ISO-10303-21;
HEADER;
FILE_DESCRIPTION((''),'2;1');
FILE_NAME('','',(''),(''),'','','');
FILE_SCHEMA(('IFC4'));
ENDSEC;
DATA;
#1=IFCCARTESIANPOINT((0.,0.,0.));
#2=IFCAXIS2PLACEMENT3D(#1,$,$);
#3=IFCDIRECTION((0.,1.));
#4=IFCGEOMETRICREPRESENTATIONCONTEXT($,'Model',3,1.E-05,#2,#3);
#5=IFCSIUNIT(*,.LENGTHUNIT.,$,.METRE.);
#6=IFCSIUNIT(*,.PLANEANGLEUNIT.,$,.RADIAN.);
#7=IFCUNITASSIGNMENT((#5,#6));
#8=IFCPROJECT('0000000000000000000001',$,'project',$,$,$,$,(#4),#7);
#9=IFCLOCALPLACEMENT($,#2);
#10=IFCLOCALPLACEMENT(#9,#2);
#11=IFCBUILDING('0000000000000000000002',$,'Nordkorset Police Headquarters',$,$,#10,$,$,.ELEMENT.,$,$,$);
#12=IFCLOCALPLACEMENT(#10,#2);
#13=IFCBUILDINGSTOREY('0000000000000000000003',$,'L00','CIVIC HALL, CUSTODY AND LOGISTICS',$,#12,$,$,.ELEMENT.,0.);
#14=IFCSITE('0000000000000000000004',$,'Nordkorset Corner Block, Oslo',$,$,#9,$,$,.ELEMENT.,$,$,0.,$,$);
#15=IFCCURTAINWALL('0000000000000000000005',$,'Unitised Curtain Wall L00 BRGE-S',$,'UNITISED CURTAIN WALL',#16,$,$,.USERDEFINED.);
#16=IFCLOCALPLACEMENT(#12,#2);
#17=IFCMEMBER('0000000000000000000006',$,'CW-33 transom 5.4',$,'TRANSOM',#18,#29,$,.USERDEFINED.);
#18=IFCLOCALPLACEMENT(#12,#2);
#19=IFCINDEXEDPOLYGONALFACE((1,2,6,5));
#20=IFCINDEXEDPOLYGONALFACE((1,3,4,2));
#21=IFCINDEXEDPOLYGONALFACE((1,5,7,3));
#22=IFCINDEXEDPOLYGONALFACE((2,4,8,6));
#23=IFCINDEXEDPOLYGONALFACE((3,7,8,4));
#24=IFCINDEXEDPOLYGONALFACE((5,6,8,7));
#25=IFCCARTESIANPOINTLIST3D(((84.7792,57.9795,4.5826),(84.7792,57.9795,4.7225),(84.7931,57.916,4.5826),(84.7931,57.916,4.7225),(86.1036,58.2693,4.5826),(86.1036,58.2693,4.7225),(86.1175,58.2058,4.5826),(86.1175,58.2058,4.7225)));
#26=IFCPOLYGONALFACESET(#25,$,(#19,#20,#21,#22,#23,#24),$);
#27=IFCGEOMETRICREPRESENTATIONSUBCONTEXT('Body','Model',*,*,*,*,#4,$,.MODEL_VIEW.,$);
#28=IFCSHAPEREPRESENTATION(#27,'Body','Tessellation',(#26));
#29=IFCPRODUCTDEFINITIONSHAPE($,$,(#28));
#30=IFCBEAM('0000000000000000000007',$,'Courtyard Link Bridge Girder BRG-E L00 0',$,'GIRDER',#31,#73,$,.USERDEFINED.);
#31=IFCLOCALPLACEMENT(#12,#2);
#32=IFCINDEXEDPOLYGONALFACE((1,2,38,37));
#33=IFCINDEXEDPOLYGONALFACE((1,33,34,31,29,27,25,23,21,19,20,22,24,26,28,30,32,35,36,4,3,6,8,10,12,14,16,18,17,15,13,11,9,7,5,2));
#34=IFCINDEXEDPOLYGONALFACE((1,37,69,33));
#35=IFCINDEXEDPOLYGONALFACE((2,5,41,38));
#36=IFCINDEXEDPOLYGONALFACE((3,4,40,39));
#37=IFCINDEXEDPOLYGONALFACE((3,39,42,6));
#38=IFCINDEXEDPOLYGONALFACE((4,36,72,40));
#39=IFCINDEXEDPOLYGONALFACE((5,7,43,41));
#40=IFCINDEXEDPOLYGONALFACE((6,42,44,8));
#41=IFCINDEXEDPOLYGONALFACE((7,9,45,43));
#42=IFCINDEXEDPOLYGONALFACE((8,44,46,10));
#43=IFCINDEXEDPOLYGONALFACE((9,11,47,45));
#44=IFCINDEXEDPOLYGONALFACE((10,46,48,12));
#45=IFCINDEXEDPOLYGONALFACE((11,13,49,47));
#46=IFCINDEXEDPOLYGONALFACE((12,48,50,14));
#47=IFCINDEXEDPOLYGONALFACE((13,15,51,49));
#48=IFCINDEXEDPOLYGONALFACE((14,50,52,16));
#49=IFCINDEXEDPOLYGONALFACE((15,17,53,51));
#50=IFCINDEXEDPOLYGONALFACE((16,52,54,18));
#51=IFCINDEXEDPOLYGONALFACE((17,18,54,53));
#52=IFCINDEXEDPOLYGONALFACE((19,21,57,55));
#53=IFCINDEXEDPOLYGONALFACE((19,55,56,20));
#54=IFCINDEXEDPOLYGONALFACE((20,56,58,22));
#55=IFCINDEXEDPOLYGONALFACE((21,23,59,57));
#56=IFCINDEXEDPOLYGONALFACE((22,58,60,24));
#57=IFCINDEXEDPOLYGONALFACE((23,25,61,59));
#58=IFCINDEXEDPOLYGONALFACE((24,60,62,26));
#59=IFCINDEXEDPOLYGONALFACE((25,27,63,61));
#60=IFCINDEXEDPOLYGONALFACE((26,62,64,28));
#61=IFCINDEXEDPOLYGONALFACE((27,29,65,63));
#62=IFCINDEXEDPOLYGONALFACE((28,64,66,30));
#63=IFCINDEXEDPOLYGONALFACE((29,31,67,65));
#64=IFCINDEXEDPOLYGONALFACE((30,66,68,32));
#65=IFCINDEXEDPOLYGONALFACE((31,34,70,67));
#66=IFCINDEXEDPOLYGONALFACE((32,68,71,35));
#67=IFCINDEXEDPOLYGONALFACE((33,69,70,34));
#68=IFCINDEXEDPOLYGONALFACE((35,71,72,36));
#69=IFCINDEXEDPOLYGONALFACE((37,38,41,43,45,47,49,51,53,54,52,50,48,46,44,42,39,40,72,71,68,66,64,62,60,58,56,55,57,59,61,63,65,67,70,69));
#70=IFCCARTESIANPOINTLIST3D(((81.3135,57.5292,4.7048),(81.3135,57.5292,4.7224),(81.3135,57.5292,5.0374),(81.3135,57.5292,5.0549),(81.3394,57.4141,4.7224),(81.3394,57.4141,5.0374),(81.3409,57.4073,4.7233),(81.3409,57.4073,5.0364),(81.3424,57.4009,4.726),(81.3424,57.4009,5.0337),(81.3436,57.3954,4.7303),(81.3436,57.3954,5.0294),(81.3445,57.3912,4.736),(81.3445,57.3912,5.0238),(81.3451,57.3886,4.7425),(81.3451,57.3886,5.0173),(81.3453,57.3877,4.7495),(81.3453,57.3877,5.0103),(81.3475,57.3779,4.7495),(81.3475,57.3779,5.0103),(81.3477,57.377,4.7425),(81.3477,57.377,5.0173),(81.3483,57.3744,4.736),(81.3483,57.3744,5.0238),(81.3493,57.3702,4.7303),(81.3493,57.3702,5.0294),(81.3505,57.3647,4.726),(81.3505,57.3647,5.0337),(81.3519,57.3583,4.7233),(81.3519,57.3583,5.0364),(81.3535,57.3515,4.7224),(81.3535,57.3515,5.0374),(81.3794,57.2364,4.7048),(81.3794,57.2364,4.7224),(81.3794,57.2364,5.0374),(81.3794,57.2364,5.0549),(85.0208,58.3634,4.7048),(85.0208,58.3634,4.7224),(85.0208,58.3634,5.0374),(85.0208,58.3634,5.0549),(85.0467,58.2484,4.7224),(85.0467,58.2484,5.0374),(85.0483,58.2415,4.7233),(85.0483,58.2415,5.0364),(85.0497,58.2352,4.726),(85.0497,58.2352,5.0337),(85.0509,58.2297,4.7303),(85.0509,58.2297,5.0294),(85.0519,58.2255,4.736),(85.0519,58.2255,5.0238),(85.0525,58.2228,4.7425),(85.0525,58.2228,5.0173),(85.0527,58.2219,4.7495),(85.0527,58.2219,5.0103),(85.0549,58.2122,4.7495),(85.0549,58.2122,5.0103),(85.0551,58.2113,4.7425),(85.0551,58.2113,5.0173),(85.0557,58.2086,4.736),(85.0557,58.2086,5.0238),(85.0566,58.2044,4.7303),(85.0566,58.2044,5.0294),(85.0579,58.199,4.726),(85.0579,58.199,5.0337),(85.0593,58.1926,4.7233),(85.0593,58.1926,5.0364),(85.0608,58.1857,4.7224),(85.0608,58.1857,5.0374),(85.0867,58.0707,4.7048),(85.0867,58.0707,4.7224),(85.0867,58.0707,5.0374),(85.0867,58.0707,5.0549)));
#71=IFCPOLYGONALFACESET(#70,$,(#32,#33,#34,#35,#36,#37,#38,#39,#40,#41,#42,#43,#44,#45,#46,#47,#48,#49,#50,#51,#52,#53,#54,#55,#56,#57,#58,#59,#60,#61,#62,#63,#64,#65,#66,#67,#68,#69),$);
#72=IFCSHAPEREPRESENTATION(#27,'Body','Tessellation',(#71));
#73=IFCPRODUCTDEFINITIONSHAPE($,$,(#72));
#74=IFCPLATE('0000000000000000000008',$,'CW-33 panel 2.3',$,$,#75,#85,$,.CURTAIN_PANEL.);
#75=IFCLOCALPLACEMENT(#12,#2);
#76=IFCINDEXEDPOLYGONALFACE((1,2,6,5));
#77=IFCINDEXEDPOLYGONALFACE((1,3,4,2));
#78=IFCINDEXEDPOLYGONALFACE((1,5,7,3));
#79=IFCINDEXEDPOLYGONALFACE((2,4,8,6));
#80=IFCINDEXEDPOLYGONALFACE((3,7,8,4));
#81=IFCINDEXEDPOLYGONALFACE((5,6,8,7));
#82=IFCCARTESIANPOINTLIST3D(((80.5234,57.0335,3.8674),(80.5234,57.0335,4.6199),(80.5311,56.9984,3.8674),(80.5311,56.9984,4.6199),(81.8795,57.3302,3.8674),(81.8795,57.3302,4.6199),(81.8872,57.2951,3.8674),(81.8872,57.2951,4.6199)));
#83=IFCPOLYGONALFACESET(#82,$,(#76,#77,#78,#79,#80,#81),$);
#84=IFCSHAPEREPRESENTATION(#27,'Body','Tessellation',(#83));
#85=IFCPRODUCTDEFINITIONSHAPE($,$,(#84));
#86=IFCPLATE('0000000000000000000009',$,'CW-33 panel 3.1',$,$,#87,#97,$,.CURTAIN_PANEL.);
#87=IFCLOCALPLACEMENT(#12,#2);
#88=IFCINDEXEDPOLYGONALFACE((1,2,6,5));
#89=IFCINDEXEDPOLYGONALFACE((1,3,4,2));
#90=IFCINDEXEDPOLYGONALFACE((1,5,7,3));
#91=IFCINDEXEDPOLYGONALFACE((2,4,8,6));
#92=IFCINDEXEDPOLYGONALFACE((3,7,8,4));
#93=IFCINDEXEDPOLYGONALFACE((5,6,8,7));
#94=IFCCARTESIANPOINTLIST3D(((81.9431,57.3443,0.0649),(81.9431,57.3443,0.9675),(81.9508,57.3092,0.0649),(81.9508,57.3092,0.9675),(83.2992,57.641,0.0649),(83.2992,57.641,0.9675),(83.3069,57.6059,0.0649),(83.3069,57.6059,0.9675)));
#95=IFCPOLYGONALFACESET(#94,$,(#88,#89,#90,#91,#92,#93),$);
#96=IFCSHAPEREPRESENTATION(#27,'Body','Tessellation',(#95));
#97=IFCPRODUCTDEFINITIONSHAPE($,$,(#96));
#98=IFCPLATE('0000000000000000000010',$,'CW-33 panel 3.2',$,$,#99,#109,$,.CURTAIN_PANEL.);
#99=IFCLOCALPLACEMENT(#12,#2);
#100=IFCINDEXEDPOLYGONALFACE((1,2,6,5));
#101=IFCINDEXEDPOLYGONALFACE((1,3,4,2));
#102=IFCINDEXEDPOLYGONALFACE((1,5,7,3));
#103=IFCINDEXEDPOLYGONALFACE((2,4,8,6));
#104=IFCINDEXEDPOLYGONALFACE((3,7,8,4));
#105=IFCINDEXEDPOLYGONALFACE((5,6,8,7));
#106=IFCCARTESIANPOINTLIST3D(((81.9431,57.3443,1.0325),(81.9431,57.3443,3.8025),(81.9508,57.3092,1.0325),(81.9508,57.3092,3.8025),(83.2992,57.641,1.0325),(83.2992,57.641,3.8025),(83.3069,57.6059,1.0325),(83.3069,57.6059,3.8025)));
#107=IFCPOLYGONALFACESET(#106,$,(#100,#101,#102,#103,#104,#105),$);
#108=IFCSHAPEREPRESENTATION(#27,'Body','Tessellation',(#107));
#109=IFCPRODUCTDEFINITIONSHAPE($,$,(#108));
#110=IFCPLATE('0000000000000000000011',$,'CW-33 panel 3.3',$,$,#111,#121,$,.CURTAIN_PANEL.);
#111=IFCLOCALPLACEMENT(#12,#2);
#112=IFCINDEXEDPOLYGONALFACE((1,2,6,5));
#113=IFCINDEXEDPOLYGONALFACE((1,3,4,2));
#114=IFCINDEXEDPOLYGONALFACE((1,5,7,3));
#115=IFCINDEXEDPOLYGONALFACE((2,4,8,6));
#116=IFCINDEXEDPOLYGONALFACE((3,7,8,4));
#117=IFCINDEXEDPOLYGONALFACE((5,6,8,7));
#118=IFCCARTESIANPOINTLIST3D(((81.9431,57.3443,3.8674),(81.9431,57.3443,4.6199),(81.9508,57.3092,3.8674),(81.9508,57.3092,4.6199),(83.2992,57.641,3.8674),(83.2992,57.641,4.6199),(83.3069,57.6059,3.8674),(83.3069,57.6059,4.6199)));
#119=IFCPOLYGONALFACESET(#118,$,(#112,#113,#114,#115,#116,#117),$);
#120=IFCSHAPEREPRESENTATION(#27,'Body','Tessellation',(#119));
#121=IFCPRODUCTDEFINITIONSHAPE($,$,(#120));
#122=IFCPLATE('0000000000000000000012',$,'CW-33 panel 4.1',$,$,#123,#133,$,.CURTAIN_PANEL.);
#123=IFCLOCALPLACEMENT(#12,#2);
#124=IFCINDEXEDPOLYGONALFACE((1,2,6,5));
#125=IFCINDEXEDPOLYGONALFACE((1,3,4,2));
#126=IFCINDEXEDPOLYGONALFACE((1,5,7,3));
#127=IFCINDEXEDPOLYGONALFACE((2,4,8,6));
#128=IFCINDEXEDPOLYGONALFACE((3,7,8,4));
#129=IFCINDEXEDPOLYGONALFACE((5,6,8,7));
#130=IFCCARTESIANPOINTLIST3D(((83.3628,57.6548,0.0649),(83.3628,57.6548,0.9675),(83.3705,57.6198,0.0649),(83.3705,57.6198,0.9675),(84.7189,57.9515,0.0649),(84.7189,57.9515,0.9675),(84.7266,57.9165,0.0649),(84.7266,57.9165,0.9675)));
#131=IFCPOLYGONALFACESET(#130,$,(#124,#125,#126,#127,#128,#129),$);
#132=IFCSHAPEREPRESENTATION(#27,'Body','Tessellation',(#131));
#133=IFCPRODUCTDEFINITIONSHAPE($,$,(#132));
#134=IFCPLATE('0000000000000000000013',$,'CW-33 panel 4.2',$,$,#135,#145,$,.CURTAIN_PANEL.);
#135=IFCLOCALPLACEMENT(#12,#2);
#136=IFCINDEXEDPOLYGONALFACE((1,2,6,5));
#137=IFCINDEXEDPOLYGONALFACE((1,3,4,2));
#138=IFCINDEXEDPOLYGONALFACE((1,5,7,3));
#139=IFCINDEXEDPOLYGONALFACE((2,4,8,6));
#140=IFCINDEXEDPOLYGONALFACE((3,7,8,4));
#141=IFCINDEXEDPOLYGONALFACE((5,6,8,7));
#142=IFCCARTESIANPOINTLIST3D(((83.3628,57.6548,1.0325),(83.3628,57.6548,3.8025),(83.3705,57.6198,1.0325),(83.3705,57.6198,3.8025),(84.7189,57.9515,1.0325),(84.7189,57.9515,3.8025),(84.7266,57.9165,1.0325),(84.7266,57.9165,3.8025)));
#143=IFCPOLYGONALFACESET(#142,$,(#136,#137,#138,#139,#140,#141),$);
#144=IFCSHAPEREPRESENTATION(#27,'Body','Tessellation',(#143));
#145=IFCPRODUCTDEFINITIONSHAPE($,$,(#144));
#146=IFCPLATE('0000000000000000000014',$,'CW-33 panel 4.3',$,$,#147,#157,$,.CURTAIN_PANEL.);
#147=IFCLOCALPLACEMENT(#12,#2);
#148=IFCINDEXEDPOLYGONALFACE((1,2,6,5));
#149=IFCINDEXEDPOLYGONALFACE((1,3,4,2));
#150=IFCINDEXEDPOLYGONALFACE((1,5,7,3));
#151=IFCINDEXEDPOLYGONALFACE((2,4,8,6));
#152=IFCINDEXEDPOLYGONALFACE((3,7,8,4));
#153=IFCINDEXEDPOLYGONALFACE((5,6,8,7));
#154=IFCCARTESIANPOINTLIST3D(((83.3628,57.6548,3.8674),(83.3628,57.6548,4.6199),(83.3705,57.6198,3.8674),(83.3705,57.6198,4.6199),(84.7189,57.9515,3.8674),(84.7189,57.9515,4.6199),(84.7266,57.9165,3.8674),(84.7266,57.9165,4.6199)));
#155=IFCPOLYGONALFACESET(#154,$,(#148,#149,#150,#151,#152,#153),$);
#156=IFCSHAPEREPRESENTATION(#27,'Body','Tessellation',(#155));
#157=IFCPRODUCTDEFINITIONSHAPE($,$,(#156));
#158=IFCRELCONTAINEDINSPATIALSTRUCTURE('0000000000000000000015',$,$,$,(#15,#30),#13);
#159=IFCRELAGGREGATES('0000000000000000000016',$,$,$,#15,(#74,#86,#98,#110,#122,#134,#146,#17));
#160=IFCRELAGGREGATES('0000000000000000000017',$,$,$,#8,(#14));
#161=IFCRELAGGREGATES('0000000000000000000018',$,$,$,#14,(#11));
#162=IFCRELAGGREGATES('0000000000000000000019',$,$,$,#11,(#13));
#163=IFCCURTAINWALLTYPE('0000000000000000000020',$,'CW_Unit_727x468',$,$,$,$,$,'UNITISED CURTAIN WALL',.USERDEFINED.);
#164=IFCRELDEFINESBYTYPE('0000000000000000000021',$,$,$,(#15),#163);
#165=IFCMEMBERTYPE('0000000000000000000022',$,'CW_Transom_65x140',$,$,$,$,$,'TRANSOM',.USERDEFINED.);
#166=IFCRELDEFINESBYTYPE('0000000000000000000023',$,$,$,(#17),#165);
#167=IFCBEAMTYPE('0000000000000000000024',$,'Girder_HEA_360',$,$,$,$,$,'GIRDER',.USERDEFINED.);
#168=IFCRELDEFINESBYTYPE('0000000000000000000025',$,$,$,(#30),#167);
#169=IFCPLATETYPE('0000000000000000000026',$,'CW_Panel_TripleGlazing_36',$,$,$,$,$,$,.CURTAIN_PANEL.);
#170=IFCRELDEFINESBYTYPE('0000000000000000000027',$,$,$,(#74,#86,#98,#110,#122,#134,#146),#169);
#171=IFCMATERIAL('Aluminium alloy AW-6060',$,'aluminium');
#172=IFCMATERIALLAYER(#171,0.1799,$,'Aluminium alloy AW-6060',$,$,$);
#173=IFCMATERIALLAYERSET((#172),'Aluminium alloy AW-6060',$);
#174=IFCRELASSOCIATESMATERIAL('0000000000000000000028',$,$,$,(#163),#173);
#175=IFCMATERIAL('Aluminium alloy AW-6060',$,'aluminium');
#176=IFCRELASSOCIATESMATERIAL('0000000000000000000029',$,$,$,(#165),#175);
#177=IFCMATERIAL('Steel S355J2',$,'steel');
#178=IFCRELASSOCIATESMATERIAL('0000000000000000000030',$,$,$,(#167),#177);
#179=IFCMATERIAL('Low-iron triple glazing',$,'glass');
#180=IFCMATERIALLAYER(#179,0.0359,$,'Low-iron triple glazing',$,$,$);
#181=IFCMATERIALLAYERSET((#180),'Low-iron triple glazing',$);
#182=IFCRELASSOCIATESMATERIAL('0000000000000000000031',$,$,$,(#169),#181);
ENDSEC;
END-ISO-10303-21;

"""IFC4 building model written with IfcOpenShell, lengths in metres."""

from ifc_helpers import new_model, si_unit, direction, frame, origin, origin_2d, place, context, subcontext, project, spatial, rectangle, i_section, extrude, material, layer, layer_set, material_profile, profile_set, type_object, element, aggregate, save


model = new_model("IFC4")

# Units and contexts
model_context = context("Model", 3, precision=1e-05, world=origin(), true_north=direction((0.0, 1.0)))
body_context = subcontext(model_context, "Body", "Model", "MODEL_VIEW")
ifc_project = project(units=[si_unit("LENGTHUNIT", "METRE"), si_unit("PLANEANGLEUNIT", "RADIAN")], contexts=[model_context])

# Site, building, storey
site_placement = place(None, origin())
site = spatial("IfcSite", under=ifc_project, at=site_placement, Name="Nordkorset Corner Block, Oslo", CompositionType="ELEMENT", RefElevation=0.0)
building_placement = place(site_placement, origin())
building = spatial("IfcBuilding", under=site, at=building_placement, Name="Nordkorset Police Headquarters", CompositionType="ELEMENT")
storey_placement = place(building_placement, origin())
storey = spatial("IfcBuildingStorey", under=building, at=storey_placement, Name="L00", Description="CIVIC HALL, CUSTODY AND LOGISTICS", CompositionType="ELEMENT", Elevation=0.0)

# Curtain wall, member
ifc_material_1 = material(Name="Aluminium alloy AW-6060", Category="aluminium")
ifc_layer_1 = layer(ifc_material_1, 0.1799, Name="Aluminium alloy AW-6060")
ifc_layer_set_1 = layer_set([ifc_layer_1], Name="Aluminium alloy AW-6060")
curtain_wall_type = type_object("IfcCurtainWallType", Name="CW_Unit_727x468", ElementType="UNITISED CURTAIN WALL", PredefinedType="USERDEFINED", material=ifc_layer_set_1)
curtain_wall_placement = place(storey_placement, origin())
curtain_wall = element("IfcCurtainWall", 1, at=curtain_wall_placement, inside=storey, type_object=curtain_wall_type, Name="Unitised Curtain Wall L00 BRGE-S", ObjectType="UNITISED CURTAIN WALL", PredefinedType="USERDEFINED")
ifc_material_2 = material(Name="Aluminium alloy AW-6060", Category="aluminium")
ifc_material_profile_1 = material_profile(ifc_material_2, rectangle(XDim=0.0649, YDim=0.1399, at=origin_2d()), Name="ALU TRAN 65x140")
ifc_profile_set_1 = profile_set([ifc_material_profile_1], Name="Aluminium alloy AW-6060")
member_type_1 = type_object("IfcMemberType", Name="CW_Transom_65x140", ElementType="TRANSOM", PredefinedType="USERDEFINED", material=ifc_profile_set_1)
member_1_placement = place(storey_placement, frame((84.7861, 57.9478, 4.6526), z_axis=(0.976889, 0.213745, 0.0), x_axis=(-0.213745, 0.976889, 0.0)))
member_1 = element("IfcMember", 2, at=member_1_placement, type_object=member_type_1, Name="CW-33 transom 5.4", ObjectType="TRANSOM", PredefinedType="USERDEFINED", context=body_context, shape_type="SweptSolid", body=[
    extrude(rectangle(XDim=0.0649, YDim=0.1399, at=origin_2d()), origin(), (0.0, 0.0, 1.0), 1.3557),
])

# Beam
ifc_material_3 = material(Name="Steel S355J2", Category="steel")
ifc_material_profile_2 = material_profile(ifc_material_3, i_section(OverallWidth=0.3, OverallDepth=0.3501, WebThickness=0.01, FlangeThickness=0.0176, FilletRadius=0.0271, at=origin_2d()), Name="HEA 360")
ifc_profile_set_2 = profile_set([ifc_material_profile_2], Name="Steel S355J2")
beam_type = type_object("IfcBeamType", Name="Girder_HEA_360", ElementType="GIRDER", PredefinedType="USERDEFINED", material=ifc_profile_set_2)
beam_placement = place(storey_placement, frame((81.3464, 57.3828, 4.8799), z_axis=(0.975605, 0.219535, 0.0), x_axis=(-0.219535, 0.975605, 0.0)))
element("IfcBeam", 3, at=beam_placement, inside=storey, type_object=beam_type, Name="Courtyard Link Bridge Girder BRG-E L00 0", ObjectType="GIRDER", PredefinedType="USERDEFINED", context=body_context, shape_type="SweptSolid", body=[
    extrude(i_section(OverallWidth=0.3, OverallDepth=0.3501, WebThickness=0.01, FlangeThickness=0.0176, FilletRadius=0.0271, at=origin_2d()), origin(), (0.0, 0.0, 1.0), 3.8),
])

# Plates
ifc_material_4 = material(Name="Low-iron triple glazing", Category="glass")
ifc_layer_2 = layer(ifc_material_4, 0.0359, Name="Low-iron triple glazing")
ifc_layer_set_2 = layer_set([ifc_layer_2], Name="Low-iron triple glazing")
plate_type = type_object("IfcPlateType", Name="CW_Panel_TripleGlazing_36", PredefinedType="CURTAIN_PANEL", material=ifc_layer_set_2)
plate_1_placement = place(storey_placement, frame((81.2053, 57.1643, 3.8674), z_axis=(0.0, 0.0, 1.0), x_axis=(0.976891, 0.213737, 0.0)))
plate_1 = element("IfcPlate", 4, at=plate_1_placement, type_object=plate_type, Name="CW-33 panel 2.3", PredefinedType="CURTAIN_PANEL", context=body_context, shape_type="SweptSolid", body=[
    extrude(rectangle(XDim=1.3882, YDim=0.0359, at=origin_2d()), origin(), (0.0, 0.0, 1.0), 0.7524),
])
plate_2_placement = place(storey_placement, frame((82.625, 57.4751, 0.0649), z_axis=(0.0, 0.0, 1.0), x_axis=(0.976891, 0.213737, 0.0)))
plate_2 = element("IfcPlate", 5, at=plate_2_placement, type_object=plate_type, Name="CW-33 panel 3.1", PredefinedType="CURTAIN_PANEL", context=body_context, shape_type="SweptSolid", body=[
    extrude(rectangle(XDim=1.3882, YDim=0.0359, at=origin_2d()), origin(), (0.0, 0.0, 1.0), 0.9026),
])
plate_3_placement = place(storey_placement, frame((82.625, 57.4751, 1.0325), z_axis=(0.0, 0.0, 1.0), x_axis=(0.976891, 0.213737, 0.0)))
plate_3 = element("IfcPlate", 6, at=plate_3_placement, type_object=plate_type, Name="CW-33 panel 3.2", PredefinedType="CURTAIN_PANEL", context=body_context, shape_type="SweptSolid", body=[
    extrude(rectangle(XDim=1.3882, YDim=0.0359, at=origin_2d()), origin(), (0.0, 0.0, 1.0), 2.77),
])
plate_4_placement = place(storey_placement, frame((82.625, 57.4751, 3.8674), z_axis=(0.0, 0.0, 1.0), x_axis=(0.976891, 0.213737, 0.0)))
plate_4 = element("IfcPlate", 7, at=plate_4_placement, type_object=plate_type, Name="CW-33 panel 3.3", PredefinedType="CURTAIN_PANEL", context=body_context, shape_type="SweptSolid", body=[
    extrude(rectangle(XDim=1.3882, YDim=0.0359, at=origin_2d()), origin(), (0.0, 0.0, 1.0), 0.7524),
])
plate_5_placement = place(storey_placement, frame((84.0447, 57.7856, 0.0649), z_axis=(0.0, 0.0, 1.0), x_axis=(0.976891, 0.213737, 0.0)))
plate_5 = element("IfcPlate", 8, at=plate_5_placement, type_object=plate_type, Name="CW-33 panel 4.1", PredefinedType="CURTAIN_PANEL", context=body_context, shape_type="SweptSolid", body=[
    extrude(rectangle(XDim=1.3882, YDim=0.0359, at=origin_2d()), origin(), (0.0, 0.0, 1.0), 0.9026),
])
plate_6_placement = place(storey_placement, frame((84.0447, 57.7856, 1.0325), z_axis=(0.0, 0.0, 1.0), x_axis=(0.976891, 0.213737, 0.0)))
plate_6 = element("IfcPlate", 9, at=plate_6_placement, type_object=plate_type, Name="CW-33 panel 4.2", PredefinedType="CURTAIN_PANEL", context=body_context, shape_type="SweptSolid", body=[
    extrude(rectangle(XDim=1.3882, YDim=0.0359, at=origin_2d()), origin(), (0.0, 0.0, 1.0), 2.77),
])
plate_7_placement = place(storey_placement, frame((84.0447, 57.7856, 3.8674), z_axis=(0.0, 0.0, 1.0), x_axis=(0.976891, 0.213737, 0.0)))
plate_7 = element("IfcPlate", 10, at=plate_7_placement, type_object=plate_type, Name="CW-33 panel 4.3", PredefinedType="CURTAIN_PANEL", context=body_context, shape_type="SweptSolid", body=[
    extrude(rectangle(XDim=1.3882, YDim=0.0359, at=origin_2d()), origin(), (0.0, 0.0, 1.0), 0.7524),
])
aggregate(curtain_wall, [plate_1, plate_2, plate_3, plate_4, plate_5, plate_6, plate_7, member_1])

save(model, "model.ifc")
